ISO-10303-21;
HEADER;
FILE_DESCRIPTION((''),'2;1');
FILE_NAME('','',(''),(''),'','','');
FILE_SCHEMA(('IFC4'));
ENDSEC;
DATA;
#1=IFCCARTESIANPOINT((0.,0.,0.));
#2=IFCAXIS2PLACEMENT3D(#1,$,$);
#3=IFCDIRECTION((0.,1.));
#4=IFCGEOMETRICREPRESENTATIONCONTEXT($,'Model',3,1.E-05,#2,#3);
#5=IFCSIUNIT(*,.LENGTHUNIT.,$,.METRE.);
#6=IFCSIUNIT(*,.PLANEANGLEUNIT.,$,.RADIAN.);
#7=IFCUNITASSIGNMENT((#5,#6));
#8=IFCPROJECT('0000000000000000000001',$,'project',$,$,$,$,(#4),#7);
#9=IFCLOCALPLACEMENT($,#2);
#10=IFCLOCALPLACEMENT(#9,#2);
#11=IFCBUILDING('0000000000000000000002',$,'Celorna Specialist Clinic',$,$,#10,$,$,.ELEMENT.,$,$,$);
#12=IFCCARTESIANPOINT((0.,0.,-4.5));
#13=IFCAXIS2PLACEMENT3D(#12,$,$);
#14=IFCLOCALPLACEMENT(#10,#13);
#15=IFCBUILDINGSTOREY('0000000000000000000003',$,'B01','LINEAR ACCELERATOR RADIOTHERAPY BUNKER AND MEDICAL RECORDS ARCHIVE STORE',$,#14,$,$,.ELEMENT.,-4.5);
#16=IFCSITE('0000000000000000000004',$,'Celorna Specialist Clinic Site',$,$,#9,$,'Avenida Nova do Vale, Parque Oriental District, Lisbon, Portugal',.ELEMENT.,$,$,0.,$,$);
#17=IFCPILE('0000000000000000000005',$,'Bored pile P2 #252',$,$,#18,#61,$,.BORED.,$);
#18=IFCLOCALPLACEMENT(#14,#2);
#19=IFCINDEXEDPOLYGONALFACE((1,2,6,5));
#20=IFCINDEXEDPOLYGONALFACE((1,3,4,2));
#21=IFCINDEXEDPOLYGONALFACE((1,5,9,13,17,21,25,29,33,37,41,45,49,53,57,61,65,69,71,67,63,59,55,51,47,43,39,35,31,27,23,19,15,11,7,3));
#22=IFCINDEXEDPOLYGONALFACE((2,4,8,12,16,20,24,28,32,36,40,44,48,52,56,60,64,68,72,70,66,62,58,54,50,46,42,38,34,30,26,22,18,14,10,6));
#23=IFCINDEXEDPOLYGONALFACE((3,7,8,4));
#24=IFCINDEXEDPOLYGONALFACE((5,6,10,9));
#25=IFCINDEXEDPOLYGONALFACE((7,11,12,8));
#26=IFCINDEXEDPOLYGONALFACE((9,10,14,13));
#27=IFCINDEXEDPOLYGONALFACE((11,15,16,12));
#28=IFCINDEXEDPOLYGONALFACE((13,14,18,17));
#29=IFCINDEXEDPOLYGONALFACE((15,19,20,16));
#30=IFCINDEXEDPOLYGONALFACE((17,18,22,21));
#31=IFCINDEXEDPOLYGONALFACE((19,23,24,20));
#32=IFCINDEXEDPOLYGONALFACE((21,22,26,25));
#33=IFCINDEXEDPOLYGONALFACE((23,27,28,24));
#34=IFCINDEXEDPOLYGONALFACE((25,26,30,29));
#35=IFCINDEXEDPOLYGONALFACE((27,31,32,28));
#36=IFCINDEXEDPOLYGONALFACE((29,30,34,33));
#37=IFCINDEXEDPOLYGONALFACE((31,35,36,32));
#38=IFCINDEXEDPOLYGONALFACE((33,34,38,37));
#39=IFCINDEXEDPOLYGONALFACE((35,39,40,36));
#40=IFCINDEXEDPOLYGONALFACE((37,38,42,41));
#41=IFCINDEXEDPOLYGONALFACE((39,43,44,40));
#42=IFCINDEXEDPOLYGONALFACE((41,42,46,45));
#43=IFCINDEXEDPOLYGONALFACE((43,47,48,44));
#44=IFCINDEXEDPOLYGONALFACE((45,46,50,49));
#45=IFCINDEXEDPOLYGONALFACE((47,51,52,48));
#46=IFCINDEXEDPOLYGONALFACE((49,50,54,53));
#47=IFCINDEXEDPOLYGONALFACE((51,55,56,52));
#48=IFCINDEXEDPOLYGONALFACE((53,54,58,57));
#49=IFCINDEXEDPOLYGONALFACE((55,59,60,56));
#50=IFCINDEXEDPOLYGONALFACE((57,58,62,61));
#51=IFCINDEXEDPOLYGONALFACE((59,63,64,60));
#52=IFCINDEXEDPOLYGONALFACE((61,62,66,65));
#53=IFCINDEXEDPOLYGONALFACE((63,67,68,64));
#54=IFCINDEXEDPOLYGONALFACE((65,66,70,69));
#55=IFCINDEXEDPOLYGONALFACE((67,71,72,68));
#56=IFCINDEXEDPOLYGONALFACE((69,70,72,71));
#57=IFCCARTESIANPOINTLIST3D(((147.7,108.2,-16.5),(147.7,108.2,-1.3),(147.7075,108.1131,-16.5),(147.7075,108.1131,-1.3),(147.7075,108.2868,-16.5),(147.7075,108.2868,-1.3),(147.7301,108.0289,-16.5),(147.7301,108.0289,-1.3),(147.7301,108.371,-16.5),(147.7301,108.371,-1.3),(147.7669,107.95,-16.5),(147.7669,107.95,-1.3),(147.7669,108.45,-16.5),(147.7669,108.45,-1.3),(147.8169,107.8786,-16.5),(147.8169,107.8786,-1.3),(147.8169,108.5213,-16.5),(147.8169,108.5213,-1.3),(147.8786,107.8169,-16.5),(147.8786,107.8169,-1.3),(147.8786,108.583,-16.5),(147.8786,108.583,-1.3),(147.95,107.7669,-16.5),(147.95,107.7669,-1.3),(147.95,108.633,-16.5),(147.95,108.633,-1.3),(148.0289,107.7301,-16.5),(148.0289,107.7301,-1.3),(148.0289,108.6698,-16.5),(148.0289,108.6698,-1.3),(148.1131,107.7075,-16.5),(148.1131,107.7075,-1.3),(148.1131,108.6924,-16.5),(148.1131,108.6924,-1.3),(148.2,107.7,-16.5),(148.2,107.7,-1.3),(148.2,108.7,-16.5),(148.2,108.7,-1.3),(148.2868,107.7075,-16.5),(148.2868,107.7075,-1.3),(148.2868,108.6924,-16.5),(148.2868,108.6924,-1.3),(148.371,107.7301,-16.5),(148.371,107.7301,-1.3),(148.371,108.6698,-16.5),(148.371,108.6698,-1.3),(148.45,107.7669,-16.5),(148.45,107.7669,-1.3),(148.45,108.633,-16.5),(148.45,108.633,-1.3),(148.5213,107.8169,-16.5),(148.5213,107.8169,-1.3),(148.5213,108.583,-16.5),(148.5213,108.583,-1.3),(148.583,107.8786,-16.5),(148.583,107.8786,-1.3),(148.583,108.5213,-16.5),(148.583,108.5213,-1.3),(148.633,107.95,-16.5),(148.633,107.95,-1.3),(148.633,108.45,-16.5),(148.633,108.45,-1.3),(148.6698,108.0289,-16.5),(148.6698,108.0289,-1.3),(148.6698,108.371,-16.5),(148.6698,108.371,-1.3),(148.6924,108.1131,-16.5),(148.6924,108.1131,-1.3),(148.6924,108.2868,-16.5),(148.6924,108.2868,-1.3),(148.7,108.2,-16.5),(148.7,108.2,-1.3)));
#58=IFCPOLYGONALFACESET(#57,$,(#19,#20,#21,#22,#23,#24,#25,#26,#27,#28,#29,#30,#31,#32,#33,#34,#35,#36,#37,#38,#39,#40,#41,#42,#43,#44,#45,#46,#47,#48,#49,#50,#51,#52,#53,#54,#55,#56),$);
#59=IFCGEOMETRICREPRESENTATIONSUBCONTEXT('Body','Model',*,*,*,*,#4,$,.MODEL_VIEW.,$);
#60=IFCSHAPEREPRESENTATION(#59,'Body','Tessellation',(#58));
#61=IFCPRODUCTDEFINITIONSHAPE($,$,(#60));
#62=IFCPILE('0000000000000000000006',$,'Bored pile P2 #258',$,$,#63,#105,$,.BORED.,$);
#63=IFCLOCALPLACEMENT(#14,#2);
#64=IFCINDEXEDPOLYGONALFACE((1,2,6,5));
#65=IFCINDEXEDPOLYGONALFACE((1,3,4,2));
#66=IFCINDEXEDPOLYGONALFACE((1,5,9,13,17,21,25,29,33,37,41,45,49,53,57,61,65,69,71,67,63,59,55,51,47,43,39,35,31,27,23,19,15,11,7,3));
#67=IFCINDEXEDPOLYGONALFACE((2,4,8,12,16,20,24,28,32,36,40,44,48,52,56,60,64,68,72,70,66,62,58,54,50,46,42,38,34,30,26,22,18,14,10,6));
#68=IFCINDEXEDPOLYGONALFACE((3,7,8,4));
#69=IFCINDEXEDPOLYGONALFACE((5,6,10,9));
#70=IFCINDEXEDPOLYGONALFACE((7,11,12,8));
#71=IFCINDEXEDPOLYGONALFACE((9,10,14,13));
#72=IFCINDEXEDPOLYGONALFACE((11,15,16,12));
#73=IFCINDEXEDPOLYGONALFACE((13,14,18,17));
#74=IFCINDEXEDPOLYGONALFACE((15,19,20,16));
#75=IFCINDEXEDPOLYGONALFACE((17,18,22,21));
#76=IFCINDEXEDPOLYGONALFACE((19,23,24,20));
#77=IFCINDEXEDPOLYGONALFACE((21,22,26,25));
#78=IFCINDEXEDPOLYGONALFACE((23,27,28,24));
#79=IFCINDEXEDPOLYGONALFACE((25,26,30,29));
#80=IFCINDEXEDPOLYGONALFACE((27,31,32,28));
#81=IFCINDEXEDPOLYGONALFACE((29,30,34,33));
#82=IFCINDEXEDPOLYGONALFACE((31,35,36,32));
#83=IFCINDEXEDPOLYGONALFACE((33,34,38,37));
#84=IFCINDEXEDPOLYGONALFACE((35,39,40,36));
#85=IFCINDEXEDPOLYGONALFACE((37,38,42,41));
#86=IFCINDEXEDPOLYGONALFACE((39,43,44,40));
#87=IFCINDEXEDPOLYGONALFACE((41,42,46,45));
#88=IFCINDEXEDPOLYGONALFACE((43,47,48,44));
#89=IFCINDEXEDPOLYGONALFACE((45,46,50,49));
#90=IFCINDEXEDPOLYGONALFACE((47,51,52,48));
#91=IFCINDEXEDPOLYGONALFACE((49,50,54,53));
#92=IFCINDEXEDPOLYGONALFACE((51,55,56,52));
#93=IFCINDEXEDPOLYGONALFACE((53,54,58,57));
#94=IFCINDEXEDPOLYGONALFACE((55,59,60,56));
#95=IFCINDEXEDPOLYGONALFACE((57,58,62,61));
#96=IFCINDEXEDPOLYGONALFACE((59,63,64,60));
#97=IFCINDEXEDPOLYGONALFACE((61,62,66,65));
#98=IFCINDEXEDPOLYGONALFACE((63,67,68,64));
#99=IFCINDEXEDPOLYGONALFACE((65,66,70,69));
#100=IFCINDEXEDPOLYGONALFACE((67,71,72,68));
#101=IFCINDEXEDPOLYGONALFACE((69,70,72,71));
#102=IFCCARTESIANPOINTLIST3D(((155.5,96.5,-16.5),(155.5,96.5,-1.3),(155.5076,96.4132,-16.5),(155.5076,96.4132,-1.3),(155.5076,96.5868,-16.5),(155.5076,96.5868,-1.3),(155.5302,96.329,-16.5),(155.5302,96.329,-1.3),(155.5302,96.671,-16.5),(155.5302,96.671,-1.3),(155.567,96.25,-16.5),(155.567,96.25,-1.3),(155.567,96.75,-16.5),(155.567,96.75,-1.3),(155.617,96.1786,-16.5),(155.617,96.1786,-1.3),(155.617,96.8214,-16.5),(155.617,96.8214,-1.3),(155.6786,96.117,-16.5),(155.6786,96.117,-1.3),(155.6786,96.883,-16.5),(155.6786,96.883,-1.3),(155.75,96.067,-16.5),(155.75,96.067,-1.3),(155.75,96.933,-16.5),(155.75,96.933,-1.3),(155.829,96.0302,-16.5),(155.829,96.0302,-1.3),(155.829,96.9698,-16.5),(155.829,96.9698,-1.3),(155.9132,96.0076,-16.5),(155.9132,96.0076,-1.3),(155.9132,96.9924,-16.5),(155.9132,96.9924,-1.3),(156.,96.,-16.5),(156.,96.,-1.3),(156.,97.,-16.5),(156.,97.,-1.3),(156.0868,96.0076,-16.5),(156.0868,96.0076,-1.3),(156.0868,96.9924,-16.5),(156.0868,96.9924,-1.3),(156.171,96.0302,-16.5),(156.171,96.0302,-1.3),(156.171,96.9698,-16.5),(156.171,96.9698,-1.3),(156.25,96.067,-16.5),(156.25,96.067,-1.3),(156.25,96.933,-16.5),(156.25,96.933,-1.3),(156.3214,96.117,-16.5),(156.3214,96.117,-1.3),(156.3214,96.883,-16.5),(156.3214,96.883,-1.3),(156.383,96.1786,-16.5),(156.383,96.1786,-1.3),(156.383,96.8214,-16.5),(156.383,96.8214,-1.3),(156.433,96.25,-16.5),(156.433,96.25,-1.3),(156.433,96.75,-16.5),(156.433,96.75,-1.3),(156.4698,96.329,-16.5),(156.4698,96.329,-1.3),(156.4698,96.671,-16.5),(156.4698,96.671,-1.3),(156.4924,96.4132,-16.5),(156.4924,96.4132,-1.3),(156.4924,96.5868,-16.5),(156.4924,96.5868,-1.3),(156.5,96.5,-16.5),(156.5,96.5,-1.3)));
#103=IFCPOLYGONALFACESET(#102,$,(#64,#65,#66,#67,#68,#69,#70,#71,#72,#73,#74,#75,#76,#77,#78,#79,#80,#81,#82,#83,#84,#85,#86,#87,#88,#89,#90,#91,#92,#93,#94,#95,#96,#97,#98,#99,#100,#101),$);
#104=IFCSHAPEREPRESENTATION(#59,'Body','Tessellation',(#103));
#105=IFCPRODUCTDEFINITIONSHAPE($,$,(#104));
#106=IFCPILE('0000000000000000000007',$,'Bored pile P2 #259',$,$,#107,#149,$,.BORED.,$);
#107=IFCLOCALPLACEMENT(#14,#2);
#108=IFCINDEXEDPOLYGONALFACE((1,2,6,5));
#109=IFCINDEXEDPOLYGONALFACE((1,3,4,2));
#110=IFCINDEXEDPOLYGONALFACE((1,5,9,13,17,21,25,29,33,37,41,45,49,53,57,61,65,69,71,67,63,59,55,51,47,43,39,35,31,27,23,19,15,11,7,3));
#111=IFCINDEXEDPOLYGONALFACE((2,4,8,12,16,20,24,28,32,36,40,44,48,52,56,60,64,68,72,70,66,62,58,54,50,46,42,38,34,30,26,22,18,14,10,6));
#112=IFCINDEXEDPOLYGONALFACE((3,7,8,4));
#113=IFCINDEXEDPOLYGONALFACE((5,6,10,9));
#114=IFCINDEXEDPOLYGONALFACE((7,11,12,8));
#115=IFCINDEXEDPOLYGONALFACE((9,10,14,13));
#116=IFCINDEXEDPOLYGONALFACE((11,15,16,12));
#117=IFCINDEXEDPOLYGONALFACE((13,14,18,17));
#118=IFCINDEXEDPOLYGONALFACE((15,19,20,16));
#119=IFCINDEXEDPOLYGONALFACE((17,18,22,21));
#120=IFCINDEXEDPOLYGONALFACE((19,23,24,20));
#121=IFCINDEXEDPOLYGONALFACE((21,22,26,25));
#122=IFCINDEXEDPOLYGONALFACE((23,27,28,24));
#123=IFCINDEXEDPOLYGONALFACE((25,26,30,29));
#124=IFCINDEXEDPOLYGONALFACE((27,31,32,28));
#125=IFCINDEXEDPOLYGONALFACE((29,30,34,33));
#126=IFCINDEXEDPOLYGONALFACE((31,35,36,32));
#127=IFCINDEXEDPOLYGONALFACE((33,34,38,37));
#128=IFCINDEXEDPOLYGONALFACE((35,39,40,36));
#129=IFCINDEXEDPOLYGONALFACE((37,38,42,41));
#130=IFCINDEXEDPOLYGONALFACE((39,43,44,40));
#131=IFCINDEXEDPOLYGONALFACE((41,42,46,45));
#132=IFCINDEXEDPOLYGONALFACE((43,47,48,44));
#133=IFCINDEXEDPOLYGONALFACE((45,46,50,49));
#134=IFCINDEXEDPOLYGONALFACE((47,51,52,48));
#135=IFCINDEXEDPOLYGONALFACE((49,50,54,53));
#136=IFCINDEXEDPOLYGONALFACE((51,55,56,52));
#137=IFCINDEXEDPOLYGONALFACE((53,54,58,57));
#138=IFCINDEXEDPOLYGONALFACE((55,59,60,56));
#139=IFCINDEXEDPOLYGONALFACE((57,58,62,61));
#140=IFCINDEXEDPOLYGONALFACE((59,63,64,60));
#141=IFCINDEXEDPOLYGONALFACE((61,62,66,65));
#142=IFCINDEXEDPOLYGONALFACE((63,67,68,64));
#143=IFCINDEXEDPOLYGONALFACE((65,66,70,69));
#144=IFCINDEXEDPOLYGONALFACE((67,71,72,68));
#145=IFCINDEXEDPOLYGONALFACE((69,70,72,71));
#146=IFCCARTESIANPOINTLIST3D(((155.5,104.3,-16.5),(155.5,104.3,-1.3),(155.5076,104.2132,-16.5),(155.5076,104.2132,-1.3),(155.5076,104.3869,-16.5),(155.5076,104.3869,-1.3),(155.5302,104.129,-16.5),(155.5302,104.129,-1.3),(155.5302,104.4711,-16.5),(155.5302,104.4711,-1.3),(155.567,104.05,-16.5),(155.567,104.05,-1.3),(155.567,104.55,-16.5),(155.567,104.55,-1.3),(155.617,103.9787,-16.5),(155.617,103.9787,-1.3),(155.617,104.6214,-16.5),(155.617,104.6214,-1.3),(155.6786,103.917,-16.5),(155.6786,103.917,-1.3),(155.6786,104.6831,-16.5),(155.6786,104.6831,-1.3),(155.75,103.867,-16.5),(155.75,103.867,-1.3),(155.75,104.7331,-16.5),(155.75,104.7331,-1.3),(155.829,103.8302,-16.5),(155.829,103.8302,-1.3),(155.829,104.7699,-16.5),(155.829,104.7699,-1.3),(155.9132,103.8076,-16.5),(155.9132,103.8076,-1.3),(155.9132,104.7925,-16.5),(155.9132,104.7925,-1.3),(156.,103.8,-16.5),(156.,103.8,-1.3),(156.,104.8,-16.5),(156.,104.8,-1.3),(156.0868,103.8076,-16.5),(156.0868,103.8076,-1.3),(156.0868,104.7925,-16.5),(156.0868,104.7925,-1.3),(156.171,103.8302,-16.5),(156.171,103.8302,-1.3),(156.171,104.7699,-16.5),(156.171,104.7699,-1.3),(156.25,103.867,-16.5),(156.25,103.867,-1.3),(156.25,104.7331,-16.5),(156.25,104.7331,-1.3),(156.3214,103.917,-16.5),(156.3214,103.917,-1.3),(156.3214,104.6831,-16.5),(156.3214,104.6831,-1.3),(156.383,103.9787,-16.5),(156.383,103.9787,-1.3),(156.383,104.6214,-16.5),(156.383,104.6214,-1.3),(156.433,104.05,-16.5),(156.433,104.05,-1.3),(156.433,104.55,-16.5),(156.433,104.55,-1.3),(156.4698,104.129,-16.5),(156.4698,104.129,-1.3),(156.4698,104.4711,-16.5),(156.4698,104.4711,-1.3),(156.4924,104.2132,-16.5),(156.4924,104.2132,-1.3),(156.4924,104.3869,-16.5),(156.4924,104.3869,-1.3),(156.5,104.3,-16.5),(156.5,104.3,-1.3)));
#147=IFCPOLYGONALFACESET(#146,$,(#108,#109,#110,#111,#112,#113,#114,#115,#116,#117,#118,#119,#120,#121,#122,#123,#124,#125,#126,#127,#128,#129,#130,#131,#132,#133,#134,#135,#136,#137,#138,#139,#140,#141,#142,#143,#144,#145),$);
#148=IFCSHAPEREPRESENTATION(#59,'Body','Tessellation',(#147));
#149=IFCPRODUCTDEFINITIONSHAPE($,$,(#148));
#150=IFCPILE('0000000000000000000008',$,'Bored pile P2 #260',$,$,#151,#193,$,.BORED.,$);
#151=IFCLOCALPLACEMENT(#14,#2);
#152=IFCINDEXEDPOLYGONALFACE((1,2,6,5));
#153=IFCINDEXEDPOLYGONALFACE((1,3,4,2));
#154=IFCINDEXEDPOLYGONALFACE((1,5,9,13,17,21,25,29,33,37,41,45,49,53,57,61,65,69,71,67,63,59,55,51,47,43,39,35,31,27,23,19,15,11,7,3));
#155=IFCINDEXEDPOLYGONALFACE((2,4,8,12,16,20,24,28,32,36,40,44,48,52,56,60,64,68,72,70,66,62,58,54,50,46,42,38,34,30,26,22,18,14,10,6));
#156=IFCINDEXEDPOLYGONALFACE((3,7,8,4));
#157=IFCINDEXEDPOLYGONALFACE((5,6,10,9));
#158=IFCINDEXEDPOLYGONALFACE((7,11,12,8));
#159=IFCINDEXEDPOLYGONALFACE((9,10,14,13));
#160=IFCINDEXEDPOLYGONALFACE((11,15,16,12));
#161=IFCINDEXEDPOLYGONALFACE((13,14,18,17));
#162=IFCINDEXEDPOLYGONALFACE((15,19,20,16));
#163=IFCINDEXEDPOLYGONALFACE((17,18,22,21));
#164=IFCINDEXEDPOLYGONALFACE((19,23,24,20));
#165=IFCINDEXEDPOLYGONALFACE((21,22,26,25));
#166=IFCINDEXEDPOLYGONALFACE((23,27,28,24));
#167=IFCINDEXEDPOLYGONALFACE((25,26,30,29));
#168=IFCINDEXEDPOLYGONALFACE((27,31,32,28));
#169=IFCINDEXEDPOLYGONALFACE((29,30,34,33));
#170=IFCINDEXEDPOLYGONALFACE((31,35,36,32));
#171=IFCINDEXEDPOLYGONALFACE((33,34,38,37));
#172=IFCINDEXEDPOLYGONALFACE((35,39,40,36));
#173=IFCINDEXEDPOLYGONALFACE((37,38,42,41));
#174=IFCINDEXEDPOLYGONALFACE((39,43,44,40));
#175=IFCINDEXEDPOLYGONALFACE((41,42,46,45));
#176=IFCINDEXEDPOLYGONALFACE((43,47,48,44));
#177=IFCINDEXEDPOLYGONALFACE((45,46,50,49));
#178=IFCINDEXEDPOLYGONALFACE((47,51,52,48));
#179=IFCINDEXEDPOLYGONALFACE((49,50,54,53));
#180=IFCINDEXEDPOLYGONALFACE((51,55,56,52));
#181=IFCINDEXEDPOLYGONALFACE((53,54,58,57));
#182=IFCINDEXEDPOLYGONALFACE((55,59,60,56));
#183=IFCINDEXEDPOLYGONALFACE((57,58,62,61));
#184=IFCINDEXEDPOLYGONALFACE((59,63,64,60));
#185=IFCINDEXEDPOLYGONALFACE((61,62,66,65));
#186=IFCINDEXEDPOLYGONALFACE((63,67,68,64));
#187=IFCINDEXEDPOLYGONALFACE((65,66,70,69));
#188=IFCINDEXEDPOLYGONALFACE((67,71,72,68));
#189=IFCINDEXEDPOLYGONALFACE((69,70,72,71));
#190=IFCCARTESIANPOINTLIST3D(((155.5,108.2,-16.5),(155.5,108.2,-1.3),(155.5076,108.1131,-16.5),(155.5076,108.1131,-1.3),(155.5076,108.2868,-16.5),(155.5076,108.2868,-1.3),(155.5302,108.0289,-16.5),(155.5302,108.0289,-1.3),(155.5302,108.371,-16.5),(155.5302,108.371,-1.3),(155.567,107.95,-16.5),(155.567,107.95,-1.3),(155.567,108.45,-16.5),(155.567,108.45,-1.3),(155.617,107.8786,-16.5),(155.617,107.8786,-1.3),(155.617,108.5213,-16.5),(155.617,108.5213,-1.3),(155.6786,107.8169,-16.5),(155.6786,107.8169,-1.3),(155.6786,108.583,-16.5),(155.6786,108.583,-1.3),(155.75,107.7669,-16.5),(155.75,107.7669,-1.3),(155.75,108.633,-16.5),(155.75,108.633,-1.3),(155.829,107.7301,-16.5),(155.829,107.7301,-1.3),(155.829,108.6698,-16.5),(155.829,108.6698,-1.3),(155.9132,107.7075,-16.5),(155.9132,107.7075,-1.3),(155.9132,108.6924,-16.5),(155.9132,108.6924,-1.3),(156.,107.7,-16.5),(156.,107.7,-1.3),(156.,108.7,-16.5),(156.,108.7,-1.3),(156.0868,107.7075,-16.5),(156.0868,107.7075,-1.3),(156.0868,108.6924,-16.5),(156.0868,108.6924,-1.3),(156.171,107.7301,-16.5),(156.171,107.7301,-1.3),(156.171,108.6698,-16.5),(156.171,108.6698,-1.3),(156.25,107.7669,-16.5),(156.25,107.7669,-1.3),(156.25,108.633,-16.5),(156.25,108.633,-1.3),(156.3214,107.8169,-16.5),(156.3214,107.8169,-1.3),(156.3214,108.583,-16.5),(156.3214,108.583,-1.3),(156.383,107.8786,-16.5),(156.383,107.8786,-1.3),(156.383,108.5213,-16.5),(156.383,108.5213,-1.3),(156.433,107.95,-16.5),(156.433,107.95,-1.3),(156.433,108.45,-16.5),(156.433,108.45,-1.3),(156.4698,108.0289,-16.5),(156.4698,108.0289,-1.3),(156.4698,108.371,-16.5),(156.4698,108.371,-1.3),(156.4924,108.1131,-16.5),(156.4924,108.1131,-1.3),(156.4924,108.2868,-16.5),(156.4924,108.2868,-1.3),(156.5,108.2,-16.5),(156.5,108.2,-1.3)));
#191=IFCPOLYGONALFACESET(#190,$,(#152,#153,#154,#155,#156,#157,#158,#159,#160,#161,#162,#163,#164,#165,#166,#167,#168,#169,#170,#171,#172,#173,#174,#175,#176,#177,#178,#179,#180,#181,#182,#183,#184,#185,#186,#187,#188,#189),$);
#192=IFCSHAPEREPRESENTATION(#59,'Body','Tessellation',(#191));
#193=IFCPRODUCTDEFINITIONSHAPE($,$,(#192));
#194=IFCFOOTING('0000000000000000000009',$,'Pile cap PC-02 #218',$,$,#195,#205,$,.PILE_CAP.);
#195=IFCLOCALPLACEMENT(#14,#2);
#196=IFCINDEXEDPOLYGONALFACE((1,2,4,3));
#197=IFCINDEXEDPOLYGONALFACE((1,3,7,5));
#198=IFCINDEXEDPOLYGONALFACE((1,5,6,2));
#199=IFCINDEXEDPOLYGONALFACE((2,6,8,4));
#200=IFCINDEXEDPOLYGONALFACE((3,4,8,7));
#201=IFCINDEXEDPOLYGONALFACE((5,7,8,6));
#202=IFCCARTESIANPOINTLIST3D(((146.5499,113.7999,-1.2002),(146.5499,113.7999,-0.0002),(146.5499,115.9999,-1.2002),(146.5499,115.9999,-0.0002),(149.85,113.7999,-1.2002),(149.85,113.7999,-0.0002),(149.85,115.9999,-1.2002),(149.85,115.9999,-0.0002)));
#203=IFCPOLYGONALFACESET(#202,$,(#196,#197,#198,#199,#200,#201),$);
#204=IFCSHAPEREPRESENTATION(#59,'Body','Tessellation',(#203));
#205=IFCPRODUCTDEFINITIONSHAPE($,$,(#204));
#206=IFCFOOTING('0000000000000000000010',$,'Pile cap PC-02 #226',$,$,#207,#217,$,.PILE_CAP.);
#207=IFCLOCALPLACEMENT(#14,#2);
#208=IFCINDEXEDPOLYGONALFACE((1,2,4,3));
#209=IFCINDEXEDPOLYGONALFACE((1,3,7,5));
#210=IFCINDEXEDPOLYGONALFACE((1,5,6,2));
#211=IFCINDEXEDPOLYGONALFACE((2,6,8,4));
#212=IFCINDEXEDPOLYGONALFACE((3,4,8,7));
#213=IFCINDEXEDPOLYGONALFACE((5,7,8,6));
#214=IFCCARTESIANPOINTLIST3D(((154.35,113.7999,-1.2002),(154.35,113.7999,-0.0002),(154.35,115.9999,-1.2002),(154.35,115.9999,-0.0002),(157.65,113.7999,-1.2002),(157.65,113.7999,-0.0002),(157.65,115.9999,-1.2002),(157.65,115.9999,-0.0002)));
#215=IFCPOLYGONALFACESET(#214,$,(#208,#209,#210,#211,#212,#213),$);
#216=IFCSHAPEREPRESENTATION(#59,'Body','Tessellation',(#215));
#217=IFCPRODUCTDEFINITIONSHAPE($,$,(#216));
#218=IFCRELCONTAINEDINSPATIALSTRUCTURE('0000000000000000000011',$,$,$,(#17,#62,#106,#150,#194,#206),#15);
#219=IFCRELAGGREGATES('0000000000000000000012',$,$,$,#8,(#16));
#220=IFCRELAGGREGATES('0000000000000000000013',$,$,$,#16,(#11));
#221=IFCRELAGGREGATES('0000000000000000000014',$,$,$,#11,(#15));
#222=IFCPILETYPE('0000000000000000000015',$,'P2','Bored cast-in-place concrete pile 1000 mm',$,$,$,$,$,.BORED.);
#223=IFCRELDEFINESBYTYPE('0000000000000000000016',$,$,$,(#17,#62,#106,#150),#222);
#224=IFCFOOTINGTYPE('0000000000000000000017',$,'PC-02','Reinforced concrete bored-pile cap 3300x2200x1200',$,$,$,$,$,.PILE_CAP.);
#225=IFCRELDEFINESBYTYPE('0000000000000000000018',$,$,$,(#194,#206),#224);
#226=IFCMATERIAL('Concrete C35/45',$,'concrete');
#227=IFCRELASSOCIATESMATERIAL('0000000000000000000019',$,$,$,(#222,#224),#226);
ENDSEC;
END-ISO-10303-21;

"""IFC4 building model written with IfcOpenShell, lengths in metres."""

from ifc_helpers import new_model, si_unit, direction, frame, origin, origin_2d, place, context, subcontext, project, spatial, rectangle, circle, extrude, material, material_profile, profile_set, type_object, element, save


model = new_model("IFC4")

# Units and contexts
model_context = context("Model", 3, precision=1e-05, world=origin(), true_north=direction((0.0, 1.0)))
body_context = subcontext(model_context, "Body", "Model", "MODEL_VIEW")
ifc_project = project(units=[si_unit("LENGTHUNIT", "METRE"), si_unit("PLANEANGLEUNIT", "RADIAN")], contexts=[model_context])

# Site, building, storey
site_placement = place(None, origin())
site = spatial("IfcSite", under=ifc_project, at=site_placement, Name="Celorna Specialist Clinic Site", LongName="Avenida Nova do Vale, Parque Oriental District, Lisbon, Portugal", CompositionType="ELEMENT", RefElevation=0.0)
building_placement = place(site_placement, origin())
building = spatial("IfcBuilding", under=site, at=building_placement, Name="Celorna Specialist Clinic", CompositionType="ELEMENT")
storey_placement = place(building_placement, frame((0.0, 0.0, -4.5)))
storey = spatial("IfcBuildingStorey", under=building, at=storey_placement, Name="B01", Description="LINEAR ACCELERATOR RADIOTHERAPY BUNKER AND MEDICAL RECORDS ARCHIVE STORE", CompositionType="ELEMENT", Elevation=-4.5)

# Shared definitions
ifc_material_1 = material(Name="Concrete C35/45", Category="concrete")

# Piles
ifc_material_profile_1 = material_profile(ifc_material_1, circle(Radius=0.5, at=origin_2d()), Name="BORED PILE 1000")
ifc_profile_set_1 = profile_set([ifc_material_profile_1], Name="Concrete C35/45")
pile_type_1 = type_object("IfcPileType", Name="P2", Description="Bored cast-in-place concrete pile 1000 mm", PredefinedType="BORED", material=ifc_profile_set_1)
for number, where, z_axis, x_axis, name in (
    (1, (148.2, 108.2, -1.3), (0.0, 0.0, -1.0), (1.0, 0.0, 0.0), "Bored pile P2 #252"),
    (2, (156.0, 96.5, -1.3), (0.0, 0.0, -1.0), (1.0, 0.0, 0.0), "Bored pile P2 #258"),
    (3, (156.0, 104.3, -1.3), (0.0, 0.0, -1.0), (1.0, 0.0, 0.0), "Bored pile P2 #259"),
    (4, (156.0, 108.2, -1.3), (0.0, 0.0, -1.0), (1.0, 0.0, 0.0), "Bored pile P2 #260"),
):
    element("IfcPile", number, at=place(storey_placement, frame(where, z_axis=z_axis, x_axis=x_axis)), inside=storey, type_object=pile_type_1, Name=name, PredefinedType="BORED", context=body_context, shape_type="SweptSolid", body=[
        extrude(circle(Radius=0.5, at=origin_2d()), origin(), (0.0, 0.0, 1.0), 15.2),
    ])

# Footings
footing_type_1 = type_object("IfcFootingType", Name="PC-02", Description="Reinforced concrete bored-pile cap 3300x2200x1200", PredefinedType="PILE_CAP", material=ifc_material_1)
for number, where, z_axis, x_axis, name in (
    (5, (148.2, 114.8999, -1.2002), (0.0, 0.0, 1.0), (1.0, 0.0, 0.0), "Pile cap PC-02 #218"),
    (6, (156.0, 114.8999, -1.2002), (0.0, 0.0, 1.0), (1.0, 0.0, 0.0), "Pile cap PC-02 #226"),
):
    element("IfcFooting", number, at=place(storey_placement, frame(where, z_axis=z_axis, x_axis=x_axis)), inside=storey, type_object=footing_type_1, Name=name, PredefinedType="PILE_CAP", context=body_context, shape_type="SweptSolid", body=[
        extrude(rectangle(XDim=3.3, YDim=2.2, at=origin_2d()), origin(), (0.0, 0.0, 1.0), 1.2),
    ])

save(model, "model.ifc")
